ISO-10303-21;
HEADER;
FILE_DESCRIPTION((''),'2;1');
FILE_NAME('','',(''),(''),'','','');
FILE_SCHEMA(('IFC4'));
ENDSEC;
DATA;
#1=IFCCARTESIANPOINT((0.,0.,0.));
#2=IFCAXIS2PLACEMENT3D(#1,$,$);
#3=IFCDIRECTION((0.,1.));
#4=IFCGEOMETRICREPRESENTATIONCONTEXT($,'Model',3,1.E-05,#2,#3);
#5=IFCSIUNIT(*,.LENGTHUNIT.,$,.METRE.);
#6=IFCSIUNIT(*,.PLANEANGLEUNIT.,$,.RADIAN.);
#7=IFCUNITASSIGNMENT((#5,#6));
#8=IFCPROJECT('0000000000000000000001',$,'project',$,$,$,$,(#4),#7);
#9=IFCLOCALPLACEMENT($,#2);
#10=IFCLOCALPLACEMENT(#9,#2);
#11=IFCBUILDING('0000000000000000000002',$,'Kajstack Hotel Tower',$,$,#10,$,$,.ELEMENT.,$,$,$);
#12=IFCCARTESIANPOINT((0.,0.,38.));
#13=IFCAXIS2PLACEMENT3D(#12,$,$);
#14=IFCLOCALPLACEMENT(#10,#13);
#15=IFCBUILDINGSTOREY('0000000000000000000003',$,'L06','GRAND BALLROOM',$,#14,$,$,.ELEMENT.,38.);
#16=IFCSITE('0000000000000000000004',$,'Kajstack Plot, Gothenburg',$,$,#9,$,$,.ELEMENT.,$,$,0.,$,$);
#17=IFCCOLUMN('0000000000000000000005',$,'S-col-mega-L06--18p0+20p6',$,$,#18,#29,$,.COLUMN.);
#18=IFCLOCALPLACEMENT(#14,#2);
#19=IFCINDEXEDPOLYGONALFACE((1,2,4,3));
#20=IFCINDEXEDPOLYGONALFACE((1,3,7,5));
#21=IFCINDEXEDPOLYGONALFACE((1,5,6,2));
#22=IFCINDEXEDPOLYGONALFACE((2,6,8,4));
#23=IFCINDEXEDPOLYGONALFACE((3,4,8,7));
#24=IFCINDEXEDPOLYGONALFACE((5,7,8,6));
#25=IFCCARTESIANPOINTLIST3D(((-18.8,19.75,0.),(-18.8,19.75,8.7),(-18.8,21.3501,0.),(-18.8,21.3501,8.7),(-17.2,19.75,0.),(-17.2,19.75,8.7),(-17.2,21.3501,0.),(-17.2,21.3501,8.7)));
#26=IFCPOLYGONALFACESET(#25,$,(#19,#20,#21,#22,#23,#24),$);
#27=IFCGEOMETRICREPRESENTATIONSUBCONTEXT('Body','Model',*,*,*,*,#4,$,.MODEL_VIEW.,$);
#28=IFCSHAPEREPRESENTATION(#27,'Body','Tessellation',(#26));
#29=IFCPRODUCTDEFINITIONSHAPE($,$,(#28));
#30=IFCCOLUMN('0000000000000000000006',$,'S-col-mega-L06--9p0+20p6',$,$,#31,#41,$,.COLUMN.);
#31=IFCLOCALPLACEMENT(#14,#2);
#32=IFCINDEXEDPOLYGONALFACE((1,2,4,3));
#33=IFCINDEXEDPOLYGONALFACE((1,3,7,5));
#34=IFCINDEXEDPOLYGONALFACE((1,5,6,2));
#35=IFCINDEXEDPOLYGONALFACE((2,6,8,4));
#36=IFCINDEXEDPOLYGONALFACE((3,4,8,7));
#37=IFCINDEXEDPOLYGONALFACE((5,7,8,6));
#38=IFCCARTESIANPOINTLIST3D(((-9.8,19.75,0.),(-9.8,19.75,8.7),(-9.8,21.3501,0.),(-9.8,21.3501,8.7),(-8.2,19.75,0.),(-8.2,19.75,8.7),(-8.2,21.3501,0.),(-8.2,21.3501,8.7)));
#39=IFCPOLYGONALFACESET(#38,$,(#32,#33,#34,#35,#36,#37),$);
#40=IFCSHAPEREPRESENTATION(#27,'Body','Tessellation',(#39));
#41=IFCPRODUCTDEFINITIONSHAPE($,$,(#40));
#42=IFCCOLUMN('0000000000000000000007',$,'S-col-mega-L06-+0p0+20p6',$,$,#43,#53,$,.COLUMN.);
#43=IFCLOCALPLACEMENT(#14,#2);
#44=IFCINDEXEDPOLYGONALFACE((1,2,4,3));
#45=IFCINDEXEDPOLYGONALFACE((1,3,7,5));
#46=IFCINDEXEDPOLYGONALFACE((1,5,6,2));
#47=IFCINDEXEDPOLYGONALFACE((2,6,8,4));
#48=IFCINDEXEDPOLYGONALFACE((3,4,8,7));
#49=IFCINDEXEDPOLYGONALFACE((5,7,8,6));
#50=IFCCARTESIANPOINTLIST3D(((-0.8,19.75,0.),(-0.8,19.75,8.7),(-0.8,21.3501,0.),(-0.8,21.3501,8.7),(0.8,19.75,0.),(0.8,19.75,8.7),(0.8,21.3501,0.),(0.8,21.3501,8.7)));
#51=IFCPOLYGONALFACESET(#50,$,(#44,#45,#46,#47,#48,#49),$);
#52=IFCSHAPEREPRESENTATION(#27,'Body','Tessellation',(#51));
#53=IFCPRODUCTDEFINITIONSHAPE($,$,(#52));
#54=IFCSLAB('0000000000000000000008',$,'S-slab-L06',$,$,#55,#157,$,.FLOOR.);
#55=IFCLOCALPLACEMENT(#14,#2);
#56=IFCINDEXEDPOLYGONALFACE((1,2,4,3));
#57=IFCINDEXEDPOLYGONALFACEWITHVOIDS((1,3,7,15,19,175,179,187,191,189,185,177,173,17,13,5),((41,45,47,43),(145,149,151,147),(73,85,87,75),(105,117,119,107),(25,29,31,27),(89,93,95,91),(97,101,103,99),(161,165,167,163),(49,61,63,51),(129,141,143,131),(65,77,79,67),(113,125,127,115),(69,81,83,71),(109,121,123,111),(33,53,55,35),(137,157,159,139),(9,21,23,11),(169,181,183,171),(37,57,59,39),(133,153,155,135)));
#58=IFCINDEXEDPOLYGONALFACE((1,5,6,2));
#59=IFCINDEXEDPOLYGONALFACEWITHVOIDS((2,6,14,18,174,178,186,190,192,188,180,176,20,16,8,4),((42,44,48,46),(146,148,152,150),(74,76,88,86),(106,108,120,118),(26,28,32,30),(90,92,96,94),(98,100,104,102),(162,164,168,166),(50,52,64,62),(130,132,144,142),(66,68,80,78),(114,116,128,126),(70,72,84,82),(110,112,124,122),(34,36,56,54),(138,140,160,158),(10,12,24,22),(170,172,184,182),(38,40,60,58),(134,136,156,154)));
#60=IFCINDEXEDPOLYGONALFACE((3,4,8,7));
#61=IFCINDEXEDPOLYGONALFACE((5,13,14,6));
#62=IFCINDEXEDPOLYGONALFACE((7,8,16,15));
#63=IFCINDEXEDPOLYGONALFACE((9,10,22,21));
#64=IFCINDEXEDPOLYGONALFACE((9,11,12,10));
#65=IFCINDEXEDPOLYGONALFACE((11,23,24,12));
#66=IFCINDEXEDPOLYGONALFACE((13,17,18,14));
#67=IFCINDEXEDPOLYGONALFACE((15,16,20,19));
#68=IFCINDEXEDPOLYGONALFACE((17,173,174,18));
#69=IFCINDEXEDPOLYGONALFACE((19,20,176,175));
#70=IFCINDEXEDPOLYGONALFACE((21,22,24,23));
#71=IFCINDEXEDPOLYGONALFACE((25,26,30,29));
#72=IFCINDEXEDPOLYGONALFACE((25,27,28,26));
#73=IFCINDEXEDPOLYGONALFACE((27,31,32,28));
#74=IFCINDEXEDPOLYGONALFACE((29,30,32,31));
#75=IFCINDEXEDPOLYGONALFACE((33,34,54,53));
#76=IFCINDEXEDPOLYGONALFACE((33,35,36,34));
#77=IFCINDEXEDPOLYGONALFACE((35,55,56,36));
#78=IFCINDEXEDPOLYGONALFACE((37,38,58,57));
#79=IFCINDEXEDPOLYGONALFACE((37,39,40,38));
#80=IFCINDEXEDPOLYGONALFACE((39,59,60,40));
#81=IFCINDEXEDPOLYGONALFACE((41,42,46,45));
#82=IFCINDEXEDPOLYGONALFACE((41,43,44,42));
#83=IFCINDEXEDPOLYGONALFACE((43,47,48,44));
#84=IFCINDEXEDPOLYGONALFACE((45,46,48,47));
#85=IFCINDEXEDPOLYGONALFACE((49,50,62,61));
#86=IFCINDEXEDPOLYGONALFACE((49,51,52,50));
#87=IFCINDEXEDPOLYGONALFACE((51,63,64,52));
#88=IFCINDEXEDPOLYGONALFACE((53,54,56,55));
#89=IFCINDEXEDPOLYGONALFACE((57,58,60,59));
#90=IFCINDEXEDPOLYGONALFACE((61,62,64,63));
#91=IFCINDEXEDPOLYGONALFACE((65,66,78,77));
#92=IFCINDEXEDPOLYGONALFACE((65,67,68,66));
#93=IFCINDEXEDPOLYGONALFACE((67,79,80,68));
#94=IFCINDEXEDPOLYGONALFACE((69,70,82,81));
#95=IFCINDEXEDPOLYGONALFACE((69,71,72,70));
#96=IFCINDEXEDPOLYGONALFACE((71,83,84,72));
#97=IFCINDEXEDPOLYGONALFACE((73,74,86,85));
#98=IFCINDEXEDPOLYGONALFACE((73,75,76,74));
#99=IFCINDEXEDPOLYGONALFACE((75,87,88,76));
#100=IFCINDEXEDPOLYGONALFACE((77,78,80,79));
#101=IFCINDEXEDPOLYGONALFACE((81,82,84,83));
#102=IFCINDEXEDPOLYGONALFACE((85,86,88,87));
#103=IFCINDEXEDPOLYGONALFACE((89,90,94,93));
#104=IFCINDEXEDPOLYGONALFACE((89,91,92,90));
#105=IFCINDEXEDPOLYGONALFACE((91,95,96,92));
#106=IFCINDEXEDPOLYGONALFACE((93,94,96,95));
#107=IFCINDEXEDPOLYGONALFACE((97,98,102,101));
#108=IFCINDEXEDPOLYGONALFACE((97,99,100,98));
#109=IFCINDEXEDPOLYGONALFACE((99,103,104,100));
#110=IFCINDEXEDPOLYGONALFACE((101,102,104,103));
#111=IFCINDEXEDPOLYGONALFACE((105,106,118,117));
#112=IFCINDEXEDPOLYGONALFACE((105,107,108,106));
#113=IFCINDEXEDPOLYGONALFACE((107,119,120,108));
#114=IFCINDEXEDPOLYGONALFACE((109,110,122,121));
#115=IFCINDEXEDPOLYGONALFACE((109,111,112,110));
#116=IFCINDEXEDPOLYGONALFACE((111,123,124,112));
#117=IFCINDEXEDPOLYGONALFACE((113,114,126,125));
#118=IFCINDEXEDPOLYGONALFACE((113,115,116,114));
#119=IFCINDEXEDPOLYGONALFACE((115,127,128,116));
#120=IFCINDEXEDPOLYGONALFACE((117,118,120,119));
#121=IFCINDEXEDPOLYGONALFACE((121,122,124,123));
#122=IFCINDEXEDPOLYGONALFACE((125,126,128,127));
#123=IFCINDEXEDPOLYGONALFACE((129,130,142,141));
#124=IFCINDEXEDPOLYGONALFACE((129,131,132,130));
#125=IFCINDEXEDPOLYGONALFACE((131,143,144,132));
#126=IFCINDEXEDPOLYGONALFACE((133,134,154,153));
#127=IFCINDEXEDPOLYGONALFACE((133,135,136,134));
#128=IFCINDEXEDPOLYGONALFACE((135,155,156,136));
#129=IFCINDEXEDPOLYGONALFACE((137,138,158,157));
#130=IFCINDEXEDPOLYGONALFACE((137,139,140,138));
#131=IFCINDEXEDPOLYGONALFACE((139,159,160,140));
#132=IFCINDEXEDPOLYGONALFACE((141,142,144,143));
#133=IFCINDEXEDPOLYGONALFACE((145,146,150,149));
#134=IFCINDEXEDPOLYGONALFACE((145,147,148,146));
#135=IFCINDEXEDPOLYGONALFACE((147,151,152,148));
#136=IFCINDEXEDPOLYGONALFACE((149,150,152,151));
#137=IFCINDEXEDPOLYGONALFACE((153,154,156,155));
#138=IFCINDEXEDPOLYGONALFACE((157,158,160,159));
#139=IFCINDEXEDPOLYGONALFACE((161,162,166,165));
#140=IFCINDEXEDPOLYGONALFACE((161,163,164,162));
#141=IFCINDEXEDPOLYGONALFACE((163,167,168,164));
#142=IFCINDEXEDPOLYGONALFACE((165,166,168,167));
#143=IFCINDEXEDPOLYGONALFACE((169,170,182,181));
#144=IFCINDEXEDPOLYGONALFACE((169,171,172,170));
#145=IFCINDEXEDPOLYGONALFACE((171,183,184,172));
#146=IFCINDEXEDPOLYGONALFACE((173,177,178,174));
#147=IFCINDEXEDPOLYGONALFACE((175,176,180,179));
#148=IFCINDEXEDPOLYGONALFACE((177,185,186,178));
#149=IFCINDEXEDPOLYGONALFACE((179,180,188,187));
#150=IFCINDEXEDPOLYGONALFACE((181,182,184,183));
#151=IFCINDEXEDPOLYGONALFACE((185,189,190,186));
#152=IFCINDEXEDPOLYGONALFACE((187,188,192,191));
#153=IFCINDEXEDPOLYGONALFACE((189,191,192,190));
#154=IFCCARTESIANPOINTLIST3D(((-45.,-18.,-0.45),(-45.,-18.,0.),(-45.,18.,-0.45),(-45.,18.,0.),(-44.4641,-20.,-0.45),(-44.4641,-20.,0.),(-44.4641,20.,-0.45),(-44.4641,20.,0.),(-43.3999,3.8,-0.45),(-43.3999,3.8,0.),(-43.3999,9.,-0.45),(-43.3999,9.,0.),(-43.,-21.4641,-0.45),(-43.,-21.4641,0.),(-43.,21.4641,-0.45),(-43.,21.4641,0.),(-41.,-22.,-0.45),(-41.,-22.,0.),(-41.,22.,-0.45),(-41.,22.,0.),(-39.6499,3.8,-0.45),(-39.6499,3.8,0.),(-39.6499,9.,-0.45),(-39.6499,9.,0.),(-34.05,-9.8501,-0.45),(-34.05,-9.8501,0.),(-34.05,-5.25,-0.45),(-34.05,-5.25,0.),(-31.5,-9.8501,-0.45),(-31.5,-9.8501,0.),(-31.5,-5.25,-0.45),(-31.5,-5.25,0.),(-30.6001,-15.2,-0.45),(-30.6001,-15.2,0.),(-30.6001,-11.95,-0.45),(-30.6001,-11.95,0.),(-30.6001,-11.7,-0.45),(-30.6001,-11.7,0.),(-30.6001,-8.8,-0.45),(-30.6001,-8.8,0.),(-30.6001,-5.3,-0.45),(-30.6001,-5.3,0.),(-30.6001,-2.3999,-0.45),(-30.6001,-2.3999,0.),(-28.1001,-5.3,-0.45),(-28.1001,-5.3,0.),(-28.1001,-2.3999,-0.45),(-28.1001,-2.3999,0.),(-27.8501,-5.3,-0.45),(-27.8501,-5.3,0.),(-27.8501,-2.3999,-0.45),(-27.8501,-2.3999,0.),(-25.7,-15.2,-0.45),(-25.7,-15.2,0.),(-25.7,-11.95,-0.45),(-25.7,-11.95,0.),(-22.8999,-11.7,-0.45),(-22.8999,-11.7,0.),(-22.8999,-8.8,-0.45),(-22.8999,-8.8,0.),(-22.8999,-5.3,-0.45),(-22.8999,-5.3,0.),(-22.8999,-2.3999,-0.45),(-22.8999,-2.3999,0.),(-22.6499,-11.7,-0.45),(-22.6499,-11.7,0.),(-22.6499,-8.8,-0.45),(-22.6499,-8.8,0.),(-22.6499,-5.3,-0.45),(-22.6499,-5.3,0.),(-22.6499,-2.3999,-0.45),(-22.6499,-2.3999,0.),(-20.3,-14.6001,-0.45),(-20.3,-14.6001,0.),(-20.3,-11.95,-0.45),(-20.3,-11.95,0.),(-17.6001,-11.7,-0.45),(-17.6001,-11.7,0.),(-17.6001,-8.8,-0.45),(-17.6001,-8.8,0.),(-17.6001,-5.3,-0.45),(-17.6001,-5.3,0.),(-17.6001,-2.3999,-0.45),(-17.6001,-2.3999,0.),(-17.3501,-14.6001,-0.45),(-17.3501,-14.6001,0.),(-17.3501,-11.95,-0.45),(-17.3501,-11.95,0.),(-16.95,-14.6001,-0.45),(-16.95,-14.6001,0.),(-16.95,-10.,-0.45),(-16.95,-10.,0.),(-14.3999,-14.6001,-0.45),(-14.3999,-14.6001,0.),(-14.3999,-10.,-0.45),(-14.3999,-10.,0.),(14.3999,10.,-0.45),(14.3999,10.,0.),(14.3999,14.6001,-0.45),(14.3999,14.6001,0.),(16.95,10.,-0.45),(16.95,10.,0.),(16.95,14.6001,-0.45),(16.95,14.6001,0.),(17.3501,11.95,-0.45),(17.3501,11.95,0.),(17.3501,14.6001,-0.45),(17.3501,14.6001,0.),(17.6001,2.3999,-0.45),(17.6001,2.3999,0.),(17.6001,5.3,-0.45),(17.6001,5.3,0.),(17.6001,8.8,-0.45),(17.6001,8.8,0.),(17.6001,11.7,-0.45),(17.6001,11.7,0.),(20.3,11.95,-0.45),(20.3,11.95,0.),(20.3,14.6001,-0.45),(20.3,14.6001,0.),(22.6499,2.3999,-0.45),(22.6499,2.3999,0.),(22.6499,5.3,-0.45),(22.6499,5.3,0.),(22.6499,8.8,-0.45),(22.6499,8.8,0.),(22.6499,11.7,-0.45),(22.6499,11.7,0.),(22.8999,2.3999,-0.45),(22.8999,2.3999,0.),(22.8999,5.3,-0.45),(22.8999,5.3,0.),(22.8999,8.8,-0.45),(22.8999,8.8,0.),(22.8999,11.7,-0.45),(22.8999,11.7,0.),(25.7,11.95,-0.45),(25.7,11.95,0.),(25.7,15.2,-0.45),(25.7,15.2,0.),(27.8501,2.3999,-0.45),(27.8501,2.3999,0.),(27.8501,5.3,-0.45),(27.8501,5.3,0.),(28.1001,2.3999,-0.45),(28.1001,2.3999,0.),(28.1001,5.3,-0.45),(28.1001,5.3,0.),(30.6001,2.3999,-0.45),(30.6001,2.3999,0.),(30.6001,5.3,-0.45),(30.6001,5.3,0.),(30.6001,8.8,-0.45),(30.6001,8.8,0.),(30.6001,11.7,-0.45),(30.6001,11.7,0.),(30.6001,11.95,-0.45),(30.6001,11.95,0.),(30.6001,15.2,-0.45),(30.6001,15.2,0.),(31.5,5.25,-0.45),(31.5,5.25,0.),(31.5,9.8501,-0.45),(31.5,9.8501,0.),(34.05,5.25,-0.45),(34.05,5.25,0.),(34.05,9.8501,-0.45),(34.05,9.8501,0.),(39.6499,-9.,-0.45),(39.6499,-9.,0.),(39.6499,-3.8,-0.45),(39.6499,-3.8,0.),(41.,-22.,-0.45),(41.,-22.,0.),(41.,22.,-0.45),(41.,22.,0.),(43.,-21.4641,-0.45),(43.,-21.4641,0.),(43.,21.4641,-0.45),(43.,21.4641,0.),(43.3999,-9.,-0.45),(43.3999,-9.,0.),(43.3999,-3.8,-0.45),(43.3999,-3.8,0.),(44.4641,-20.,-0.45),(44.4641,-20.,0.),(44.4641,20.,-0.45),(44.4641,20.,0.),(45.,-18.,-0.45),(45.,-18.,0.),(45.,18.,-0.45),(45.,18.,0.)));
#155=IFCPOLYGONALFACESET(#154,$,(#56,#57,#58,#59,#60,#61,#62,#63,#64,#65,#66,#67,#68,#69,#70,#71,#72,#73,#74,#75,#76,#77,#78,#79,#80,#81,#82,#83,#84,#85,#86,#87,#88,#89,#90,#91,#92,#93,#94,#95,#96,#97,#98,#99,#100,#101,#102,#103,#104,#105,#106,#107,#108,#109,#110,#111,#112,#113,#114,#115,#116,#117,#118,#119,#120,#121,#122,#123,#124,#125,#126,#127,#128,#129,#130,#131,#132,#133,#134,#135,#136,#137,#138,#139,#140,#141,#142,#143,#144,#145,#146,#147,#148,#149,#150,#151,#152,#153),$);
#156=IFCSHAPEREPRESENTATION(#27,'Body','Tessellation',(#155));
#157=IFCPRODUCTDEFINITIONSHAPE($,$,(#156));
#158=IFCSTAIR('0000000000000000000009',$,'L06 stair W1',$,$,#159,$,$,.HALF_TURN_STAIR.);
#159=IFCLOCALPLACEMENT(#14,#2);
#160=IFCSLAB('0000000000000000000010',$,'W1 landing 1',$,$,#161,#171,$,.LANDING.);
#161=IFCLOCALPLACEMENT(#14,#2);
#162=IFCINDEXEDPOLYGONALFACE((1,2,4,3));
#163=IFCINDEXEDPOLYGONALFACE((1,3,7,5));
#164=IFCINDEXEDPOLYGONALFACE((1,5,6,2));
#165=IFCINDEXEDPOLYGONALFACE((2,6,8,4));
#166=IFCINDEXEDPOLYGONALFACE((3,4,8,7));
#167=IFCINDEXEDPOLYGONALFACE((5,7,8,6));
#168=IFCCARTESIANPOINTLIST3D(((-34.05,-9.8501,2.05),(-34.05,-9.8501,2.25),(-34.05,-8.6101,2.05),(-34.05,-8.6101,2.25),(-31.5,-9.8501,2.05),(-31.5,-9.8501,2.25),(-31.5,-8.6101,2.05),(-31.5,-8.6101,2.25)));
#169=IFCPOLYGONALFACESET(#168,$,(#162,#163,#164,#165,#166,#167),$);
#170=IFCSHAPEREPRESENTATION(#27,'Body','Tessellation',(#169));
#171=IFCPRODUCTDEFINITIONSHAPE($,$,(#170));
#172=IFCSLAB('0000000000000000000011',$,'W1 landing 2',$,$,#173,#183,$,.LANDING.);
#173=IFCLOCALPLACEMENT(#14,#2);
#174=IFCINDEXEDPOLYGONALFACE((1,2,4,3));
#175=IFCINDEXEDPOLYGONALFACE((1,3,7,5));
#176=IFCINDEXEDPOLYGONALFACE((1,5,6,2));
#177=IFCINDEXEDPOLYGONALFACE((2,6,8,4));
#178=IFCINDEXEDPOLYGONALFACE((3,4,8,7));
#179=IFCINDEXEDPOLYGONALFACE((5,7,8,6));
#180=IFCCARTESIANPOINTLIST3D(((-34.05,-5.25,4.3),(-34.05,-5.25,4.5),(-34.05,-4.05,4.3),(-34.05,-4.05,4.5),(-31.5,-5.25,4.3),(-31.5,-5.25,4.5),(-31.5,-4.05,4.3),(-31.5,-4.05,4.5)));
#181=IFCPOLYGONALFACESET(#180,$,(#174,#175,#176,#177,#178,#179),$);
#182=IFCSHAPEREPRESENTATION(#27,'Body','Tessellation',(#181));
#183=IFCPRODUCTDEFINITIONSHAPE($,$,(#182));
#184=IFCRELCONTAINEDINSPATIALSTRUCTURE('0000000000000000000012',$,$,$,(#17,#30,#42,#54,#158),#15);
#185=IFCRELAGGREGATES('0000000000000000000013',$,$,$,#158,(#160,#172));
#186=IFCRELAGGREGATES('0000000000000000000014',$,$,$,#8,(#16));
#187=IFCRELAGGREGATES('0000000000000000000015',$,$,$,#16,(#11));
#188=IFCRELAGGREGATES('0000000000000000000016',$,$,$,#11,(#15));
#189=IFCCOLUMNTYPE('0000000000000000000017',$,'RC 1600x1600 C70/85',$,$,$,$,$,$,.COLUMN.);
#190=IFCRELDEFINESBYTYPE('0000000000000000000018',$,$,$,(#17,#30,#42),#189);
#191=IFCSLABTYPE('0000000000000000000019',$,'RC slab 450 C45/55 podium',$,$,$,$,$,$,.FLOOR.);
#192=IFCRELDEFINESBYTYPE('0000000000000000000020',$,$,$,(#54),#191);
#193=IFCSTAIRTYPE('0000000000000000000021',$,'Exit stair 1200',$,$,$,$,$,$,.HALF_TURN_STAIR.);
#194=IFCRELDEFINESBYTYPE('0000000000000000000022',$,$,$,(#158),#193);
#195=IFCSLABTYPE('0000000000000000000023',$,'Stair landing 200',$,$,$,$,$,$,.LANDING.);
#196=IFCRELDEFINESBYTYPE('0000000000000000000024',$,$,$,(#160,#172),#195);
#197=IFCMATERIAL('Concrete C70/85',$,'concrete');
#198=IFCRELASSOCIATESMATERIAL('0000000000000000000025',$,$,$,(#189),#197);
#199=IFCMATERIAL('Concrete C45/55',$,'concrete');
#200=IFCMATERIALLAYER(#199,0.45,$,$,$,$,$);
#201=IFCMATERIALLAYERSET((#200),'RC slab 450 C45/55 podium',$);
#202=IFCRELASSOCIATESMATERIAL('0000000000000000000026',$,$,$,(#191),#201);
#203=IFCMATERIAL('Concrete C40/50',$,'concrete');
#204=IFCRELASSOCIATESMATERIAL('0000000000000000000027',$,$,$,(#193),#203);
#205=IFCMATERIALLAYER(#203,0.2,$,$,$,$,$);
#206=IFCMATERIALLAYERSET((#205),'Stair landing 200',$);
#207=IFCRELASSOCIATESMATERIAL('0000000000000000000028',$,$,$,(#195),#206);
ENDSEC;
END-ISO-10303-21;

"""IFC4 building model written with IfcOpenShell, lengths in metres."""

from ifc_helpers import new_model, si_unit, direction, frame, origin, origin_2d, place, context, subcontext, project, spatial, polyline, rectangle, outline, extrude, material, layer, layer_set, material_profile, profile_set, type_object, element, aggregate, save


model = new_model("IFC4")

# Units and contexts
model_context = context("Model", 3, precision=1e-05, world=origin(), true_north=direction((0.0, 1.0)))
body_context = subcontext(model_context, "Body", "Model", "MODEL_VIEW")
ifc_project = project(units=[si_unit("LENGTHUNIT", "METRE"), si_unit("PLANEANGLEUNIT", "RADIAN")], contexts=[model_context])

# Site, building, storey
site_placement = place(None, origin())
site = spatial("IfcSite", under=ifc_project, at=site_placement, Name="Kajstack Plot, Gothenburg", CompositionType="ELEMENT", RefElevation=0.0)
building_placement = place(site_placement, origin())
building = spatial("IfcBuilding", under=site, at=building_placement, Name="Kajstack Hotel Tower", CompositionType="ELEMENT")
storey_placement = place(building_placement, frame((0.0, 0.0, 38.0)))
storey = spatial("IfcBuildingStorey", under=building, at=storey_placement, Name="L06", Description="GRAND BALLROOM", CompositionType="ELEMENT", Elevation=38.0)

# Columns
ifc_material_1 = material(Name="Concrete C70/85", Category="concrete")
ifc_material_profile = material_profile(ifc_material_1, rectangle(XDim=1.6001, YDim=1.6001, at=origin_2d()), Name="RC 1600x1600")
ifc_profile_set = profile_set([ifc_material_profile], Name="Concrete C70/85")
column_type = type_object("IfcColumnType", Name="RC 1600x1600 C70/85", PredefinedType="COLUMN", material=ifc_profile_set)
for number, where, z_axis, x_axis, name in (
    (1, (-18.0, 20.55, 0.0), (0.0, 0.0, 1.0), (1.0, 0.0, 0.0), "S-col-mega-L06--18p0+20p6"),
    (2, (-9.0, 20.55, 0.0), (0.0, 0.0, 1.0), (1.0, 0.0, 0.0), "S-col-mega-L06--9p0+20p6"),
    (3, (0.0, 20.55, 0.0), (0.0, 0.0, 1.0), (1.0, 0.0, 0.0), "S-col-mega-L06-+0p0+20p6"),
):
    element("IfcColumn", number, at=place(storey_placement, frame(where, z_axis=z_axis, x_axis=x_axis)), inside=storey, type_object=column_type, Name=name, PredefinedType="COLUMN", context=body_context, shape_type="SweptSolid", body=[
        extrude(rectangle(XDim=1.6001, YDim=1.6001, at=origin_2d()), origin(), (0.0, 0.0, 1.0), 8.7),
    ])

# Slab
ifc_material_2 = material(Name="Concrete C45/55", Category="concrete")
ifc_layer_1 = layer(ifc_material_2, 0.45)
ifc_layer_set_1 = layer_set([ifc_layer_1], Name="RC slab 450 C45/55 podium")
slab_type_1 = type_object("IfcSlabType", Name="RC slab 450 C45/55 podium", PredefinedType="FLOOR", material=ifc_layer_set_1)
slab_1_placement = place(storey_placement, frame((0.0, 0.0, -0.45)))
element("IfcSlab", 4, at=slab_1_placement, inside=storey, type_object=slab_type_1, Name="S-slab-L06", PredefinedType="FLOOR", context=body_context, shape_type="SweptSolid", body=[
    extrude(outline(polyline([(-45.0, -18.0), (-44.4641, -20.0), (-43.0, -21.4641), (-41.0, -22.0), (41.0, -22.0), (43.0, -21.4641), (44.4641, -20.0), (45.0, -18.0), (45.0, 18.0), (44.4641, 20.0), (43.0, 21.4641), (41.0, 22.0), (-41.0, 22.0), (-43.0, 21.4641), (-44.4641, 20.0), (-45.0, 18.0), (-45.0, -18.0)]), holes=[polyline([(-30.6001, -11.7), (-30.6001, -8.8), (-22.8999, -8.8), (-22.8999, -11.7), (-30.6001, -11.7)]), polyline([(-22.6499, -11.7), (-22.6499, -8.8), (-17.6001, -8.8), (-17.6001, -11.7), (-22.6499, -11.7)]), polyline([(-27.8501, -5.3), (-27.8501, -2.3999), (-22.8999, -2.3999), (-22.8999, -5.3), (-27.8501, -5.3)]), polyline([(-22.6499, -5.3), (-22.6499, -2.3999), (-17.6001, -2.3999), (-17.6001, -5.3), (-22.6499, -5.3)]), polyline([(-20.3, -14.6001), (-17.3501, -14.6001), (-17.3501, -11.95), (-20.3, -11.95), (-20.3, -14.6001)]), polyline([(-30.6001, -5.3), (-28.1001, -5.3), (-28.1001, -2.3999), (-30.6001, -2.3999), (-30.6001, -5.3)]), polyline([(22.8999, 8.8), (22.8999, 11.7), (30.6001, 11.7), (30.6001, 8.8), (22.8999, 8.8)]), polyline([(17.6001, 8.8), (17.6001, 11.7), (22.6499, 11.7), (22.6499, 8.8), (17.6001, 8.8)]), polyline([(22.8999, 2.3999), (22.8999, 5.3), (27.8501, 5.3), (27.8501, 2.3999), (22.8999, 2.3999)]), polyline([(17.6001, 2.3999), (17.6001, 5.3), (22.6499, 5.3), (22.6499, 2.3999), (17.6001, 2.3999)]), polyline([(20.3, 14.6001), (17.3501, 14.6001), (17.3501, 11.95), (20.3, 11.95), (20.3, 14.6001)]), polyline([(30.6001, 5.3), (28.1001, 5.3), (28.1001, 2.3999), (30.6001, 2.3999), (30.6001, 5.3)]), polyline([(-34.05, -9.8501), (-31.5, -9.8501), (-31.5, -5.25), (-34.05, -5.25), (-34.05, -9.8501)]), polyline([(-16.95, -14.6001), (-14.3999, -14.6001), (-14.3999, -10.0), (-16.95, -10.0), (-16.95, -14.6001)]), polyline([(-30.6001, -15.2), (-25.7, -15.2), (-25.7, -11.95), (-30.6001, -11.95), (-30.6001, -15.2)]), polyline([(34.05, 9.8501), (31.5, 9.8501), (31.5, 5.25), (34.05, 5.25), (34.05, 9.8501)]), polyline([(16.95, 14.6001), (14.3999, 14.6001), (14.3999, 10.0), (16.95, 10.0), (16.95, 14.6001)]), polyline([(30.6001, 15.2), (25.7, 15.2), (25.7, 11.95), (30.6001, 11.95), (30.6001, 15.2)]), polyline([(-43.3999, 3.8), (-39.6499, 3.8), (-39.6499, 9.0), (-43.3999, 9.0), (-43.3999, 3.8)]), polyline([(39.6499, -9.0), (43.3999, -9.0), (43.3999, -3.8), (39.6499, -3.8), (39.6499, -9.0)])]), origin(), (0.0, 0.0, 1.0), 0.45),
])

# Stair, slabs
ifc_material_3 = material(Name="Concrete C40/50", Category="concrete")
stair_type_1 = type_object("IfcStairType", Name="Exit stair 1200", PredefinedType="HALF_TURN_STAIR", material=ifc_material_3)
stair_1_placement = place(storey_placement, origin())
stair_1 = element("IfcStair", 5, at=stair_1_placement, inside=storey, type_object=stair_type_1, Name="L06 stair W1", PredefinedType="HALF_TURN_STAIR")
ifc_layer_2 = layer(ifc_material_3, 0.2)
ifc_layer_set_2 = layer_set([ifc_layer_2], Name="Stair landing 200")
slab_type_2 = type_object("IfcSlabType", Name="Stair landing 200", PredefinedType="LANDING", material=ifc_layer_set_2)
slab_2_placement = place(storey_placement, frame((0.0, 0.0, 2.05)))
slab_2 = element("IfcSlab", 6, at=slab_2_placement, type_object=slab_type_2, Name="W1 landing 1", PredefinedType="LANDING", context=body_context, shape_type="SweptSolid", body=[
    extrude(outline(polyline([(-34.05, -8.6101), (-34.05, -9.8501), (-31.5, -9.8501), (-31.5, -8.6101), (-34.05, -8.6101)])), origin(), (0.0, 0.0, 1.0), 0.2),
])
slab_3_placement = place(storey_placement, frame((0.0, 0.0, 4.3)))
slab_3 = element("IfcSlab", 7, at=slab_3_placement, type_object=slab_type_2, Name="W1 landing 2", PredefinedType="LANDING", context=body_context, shape_type="SweptSolid", body=[
    extrude(outline(polyline([(-34.05, -4.05), (-34.05, -5.25), (-31.5, -5.25), (-31.5, -4.05), (-34.05, -4.05)])), origin(), (0.0, 0.0, 1.0), 0.2),
])
aggregate(stair_1, [slab_2, slab_3])

save(model, "model.ifc")
